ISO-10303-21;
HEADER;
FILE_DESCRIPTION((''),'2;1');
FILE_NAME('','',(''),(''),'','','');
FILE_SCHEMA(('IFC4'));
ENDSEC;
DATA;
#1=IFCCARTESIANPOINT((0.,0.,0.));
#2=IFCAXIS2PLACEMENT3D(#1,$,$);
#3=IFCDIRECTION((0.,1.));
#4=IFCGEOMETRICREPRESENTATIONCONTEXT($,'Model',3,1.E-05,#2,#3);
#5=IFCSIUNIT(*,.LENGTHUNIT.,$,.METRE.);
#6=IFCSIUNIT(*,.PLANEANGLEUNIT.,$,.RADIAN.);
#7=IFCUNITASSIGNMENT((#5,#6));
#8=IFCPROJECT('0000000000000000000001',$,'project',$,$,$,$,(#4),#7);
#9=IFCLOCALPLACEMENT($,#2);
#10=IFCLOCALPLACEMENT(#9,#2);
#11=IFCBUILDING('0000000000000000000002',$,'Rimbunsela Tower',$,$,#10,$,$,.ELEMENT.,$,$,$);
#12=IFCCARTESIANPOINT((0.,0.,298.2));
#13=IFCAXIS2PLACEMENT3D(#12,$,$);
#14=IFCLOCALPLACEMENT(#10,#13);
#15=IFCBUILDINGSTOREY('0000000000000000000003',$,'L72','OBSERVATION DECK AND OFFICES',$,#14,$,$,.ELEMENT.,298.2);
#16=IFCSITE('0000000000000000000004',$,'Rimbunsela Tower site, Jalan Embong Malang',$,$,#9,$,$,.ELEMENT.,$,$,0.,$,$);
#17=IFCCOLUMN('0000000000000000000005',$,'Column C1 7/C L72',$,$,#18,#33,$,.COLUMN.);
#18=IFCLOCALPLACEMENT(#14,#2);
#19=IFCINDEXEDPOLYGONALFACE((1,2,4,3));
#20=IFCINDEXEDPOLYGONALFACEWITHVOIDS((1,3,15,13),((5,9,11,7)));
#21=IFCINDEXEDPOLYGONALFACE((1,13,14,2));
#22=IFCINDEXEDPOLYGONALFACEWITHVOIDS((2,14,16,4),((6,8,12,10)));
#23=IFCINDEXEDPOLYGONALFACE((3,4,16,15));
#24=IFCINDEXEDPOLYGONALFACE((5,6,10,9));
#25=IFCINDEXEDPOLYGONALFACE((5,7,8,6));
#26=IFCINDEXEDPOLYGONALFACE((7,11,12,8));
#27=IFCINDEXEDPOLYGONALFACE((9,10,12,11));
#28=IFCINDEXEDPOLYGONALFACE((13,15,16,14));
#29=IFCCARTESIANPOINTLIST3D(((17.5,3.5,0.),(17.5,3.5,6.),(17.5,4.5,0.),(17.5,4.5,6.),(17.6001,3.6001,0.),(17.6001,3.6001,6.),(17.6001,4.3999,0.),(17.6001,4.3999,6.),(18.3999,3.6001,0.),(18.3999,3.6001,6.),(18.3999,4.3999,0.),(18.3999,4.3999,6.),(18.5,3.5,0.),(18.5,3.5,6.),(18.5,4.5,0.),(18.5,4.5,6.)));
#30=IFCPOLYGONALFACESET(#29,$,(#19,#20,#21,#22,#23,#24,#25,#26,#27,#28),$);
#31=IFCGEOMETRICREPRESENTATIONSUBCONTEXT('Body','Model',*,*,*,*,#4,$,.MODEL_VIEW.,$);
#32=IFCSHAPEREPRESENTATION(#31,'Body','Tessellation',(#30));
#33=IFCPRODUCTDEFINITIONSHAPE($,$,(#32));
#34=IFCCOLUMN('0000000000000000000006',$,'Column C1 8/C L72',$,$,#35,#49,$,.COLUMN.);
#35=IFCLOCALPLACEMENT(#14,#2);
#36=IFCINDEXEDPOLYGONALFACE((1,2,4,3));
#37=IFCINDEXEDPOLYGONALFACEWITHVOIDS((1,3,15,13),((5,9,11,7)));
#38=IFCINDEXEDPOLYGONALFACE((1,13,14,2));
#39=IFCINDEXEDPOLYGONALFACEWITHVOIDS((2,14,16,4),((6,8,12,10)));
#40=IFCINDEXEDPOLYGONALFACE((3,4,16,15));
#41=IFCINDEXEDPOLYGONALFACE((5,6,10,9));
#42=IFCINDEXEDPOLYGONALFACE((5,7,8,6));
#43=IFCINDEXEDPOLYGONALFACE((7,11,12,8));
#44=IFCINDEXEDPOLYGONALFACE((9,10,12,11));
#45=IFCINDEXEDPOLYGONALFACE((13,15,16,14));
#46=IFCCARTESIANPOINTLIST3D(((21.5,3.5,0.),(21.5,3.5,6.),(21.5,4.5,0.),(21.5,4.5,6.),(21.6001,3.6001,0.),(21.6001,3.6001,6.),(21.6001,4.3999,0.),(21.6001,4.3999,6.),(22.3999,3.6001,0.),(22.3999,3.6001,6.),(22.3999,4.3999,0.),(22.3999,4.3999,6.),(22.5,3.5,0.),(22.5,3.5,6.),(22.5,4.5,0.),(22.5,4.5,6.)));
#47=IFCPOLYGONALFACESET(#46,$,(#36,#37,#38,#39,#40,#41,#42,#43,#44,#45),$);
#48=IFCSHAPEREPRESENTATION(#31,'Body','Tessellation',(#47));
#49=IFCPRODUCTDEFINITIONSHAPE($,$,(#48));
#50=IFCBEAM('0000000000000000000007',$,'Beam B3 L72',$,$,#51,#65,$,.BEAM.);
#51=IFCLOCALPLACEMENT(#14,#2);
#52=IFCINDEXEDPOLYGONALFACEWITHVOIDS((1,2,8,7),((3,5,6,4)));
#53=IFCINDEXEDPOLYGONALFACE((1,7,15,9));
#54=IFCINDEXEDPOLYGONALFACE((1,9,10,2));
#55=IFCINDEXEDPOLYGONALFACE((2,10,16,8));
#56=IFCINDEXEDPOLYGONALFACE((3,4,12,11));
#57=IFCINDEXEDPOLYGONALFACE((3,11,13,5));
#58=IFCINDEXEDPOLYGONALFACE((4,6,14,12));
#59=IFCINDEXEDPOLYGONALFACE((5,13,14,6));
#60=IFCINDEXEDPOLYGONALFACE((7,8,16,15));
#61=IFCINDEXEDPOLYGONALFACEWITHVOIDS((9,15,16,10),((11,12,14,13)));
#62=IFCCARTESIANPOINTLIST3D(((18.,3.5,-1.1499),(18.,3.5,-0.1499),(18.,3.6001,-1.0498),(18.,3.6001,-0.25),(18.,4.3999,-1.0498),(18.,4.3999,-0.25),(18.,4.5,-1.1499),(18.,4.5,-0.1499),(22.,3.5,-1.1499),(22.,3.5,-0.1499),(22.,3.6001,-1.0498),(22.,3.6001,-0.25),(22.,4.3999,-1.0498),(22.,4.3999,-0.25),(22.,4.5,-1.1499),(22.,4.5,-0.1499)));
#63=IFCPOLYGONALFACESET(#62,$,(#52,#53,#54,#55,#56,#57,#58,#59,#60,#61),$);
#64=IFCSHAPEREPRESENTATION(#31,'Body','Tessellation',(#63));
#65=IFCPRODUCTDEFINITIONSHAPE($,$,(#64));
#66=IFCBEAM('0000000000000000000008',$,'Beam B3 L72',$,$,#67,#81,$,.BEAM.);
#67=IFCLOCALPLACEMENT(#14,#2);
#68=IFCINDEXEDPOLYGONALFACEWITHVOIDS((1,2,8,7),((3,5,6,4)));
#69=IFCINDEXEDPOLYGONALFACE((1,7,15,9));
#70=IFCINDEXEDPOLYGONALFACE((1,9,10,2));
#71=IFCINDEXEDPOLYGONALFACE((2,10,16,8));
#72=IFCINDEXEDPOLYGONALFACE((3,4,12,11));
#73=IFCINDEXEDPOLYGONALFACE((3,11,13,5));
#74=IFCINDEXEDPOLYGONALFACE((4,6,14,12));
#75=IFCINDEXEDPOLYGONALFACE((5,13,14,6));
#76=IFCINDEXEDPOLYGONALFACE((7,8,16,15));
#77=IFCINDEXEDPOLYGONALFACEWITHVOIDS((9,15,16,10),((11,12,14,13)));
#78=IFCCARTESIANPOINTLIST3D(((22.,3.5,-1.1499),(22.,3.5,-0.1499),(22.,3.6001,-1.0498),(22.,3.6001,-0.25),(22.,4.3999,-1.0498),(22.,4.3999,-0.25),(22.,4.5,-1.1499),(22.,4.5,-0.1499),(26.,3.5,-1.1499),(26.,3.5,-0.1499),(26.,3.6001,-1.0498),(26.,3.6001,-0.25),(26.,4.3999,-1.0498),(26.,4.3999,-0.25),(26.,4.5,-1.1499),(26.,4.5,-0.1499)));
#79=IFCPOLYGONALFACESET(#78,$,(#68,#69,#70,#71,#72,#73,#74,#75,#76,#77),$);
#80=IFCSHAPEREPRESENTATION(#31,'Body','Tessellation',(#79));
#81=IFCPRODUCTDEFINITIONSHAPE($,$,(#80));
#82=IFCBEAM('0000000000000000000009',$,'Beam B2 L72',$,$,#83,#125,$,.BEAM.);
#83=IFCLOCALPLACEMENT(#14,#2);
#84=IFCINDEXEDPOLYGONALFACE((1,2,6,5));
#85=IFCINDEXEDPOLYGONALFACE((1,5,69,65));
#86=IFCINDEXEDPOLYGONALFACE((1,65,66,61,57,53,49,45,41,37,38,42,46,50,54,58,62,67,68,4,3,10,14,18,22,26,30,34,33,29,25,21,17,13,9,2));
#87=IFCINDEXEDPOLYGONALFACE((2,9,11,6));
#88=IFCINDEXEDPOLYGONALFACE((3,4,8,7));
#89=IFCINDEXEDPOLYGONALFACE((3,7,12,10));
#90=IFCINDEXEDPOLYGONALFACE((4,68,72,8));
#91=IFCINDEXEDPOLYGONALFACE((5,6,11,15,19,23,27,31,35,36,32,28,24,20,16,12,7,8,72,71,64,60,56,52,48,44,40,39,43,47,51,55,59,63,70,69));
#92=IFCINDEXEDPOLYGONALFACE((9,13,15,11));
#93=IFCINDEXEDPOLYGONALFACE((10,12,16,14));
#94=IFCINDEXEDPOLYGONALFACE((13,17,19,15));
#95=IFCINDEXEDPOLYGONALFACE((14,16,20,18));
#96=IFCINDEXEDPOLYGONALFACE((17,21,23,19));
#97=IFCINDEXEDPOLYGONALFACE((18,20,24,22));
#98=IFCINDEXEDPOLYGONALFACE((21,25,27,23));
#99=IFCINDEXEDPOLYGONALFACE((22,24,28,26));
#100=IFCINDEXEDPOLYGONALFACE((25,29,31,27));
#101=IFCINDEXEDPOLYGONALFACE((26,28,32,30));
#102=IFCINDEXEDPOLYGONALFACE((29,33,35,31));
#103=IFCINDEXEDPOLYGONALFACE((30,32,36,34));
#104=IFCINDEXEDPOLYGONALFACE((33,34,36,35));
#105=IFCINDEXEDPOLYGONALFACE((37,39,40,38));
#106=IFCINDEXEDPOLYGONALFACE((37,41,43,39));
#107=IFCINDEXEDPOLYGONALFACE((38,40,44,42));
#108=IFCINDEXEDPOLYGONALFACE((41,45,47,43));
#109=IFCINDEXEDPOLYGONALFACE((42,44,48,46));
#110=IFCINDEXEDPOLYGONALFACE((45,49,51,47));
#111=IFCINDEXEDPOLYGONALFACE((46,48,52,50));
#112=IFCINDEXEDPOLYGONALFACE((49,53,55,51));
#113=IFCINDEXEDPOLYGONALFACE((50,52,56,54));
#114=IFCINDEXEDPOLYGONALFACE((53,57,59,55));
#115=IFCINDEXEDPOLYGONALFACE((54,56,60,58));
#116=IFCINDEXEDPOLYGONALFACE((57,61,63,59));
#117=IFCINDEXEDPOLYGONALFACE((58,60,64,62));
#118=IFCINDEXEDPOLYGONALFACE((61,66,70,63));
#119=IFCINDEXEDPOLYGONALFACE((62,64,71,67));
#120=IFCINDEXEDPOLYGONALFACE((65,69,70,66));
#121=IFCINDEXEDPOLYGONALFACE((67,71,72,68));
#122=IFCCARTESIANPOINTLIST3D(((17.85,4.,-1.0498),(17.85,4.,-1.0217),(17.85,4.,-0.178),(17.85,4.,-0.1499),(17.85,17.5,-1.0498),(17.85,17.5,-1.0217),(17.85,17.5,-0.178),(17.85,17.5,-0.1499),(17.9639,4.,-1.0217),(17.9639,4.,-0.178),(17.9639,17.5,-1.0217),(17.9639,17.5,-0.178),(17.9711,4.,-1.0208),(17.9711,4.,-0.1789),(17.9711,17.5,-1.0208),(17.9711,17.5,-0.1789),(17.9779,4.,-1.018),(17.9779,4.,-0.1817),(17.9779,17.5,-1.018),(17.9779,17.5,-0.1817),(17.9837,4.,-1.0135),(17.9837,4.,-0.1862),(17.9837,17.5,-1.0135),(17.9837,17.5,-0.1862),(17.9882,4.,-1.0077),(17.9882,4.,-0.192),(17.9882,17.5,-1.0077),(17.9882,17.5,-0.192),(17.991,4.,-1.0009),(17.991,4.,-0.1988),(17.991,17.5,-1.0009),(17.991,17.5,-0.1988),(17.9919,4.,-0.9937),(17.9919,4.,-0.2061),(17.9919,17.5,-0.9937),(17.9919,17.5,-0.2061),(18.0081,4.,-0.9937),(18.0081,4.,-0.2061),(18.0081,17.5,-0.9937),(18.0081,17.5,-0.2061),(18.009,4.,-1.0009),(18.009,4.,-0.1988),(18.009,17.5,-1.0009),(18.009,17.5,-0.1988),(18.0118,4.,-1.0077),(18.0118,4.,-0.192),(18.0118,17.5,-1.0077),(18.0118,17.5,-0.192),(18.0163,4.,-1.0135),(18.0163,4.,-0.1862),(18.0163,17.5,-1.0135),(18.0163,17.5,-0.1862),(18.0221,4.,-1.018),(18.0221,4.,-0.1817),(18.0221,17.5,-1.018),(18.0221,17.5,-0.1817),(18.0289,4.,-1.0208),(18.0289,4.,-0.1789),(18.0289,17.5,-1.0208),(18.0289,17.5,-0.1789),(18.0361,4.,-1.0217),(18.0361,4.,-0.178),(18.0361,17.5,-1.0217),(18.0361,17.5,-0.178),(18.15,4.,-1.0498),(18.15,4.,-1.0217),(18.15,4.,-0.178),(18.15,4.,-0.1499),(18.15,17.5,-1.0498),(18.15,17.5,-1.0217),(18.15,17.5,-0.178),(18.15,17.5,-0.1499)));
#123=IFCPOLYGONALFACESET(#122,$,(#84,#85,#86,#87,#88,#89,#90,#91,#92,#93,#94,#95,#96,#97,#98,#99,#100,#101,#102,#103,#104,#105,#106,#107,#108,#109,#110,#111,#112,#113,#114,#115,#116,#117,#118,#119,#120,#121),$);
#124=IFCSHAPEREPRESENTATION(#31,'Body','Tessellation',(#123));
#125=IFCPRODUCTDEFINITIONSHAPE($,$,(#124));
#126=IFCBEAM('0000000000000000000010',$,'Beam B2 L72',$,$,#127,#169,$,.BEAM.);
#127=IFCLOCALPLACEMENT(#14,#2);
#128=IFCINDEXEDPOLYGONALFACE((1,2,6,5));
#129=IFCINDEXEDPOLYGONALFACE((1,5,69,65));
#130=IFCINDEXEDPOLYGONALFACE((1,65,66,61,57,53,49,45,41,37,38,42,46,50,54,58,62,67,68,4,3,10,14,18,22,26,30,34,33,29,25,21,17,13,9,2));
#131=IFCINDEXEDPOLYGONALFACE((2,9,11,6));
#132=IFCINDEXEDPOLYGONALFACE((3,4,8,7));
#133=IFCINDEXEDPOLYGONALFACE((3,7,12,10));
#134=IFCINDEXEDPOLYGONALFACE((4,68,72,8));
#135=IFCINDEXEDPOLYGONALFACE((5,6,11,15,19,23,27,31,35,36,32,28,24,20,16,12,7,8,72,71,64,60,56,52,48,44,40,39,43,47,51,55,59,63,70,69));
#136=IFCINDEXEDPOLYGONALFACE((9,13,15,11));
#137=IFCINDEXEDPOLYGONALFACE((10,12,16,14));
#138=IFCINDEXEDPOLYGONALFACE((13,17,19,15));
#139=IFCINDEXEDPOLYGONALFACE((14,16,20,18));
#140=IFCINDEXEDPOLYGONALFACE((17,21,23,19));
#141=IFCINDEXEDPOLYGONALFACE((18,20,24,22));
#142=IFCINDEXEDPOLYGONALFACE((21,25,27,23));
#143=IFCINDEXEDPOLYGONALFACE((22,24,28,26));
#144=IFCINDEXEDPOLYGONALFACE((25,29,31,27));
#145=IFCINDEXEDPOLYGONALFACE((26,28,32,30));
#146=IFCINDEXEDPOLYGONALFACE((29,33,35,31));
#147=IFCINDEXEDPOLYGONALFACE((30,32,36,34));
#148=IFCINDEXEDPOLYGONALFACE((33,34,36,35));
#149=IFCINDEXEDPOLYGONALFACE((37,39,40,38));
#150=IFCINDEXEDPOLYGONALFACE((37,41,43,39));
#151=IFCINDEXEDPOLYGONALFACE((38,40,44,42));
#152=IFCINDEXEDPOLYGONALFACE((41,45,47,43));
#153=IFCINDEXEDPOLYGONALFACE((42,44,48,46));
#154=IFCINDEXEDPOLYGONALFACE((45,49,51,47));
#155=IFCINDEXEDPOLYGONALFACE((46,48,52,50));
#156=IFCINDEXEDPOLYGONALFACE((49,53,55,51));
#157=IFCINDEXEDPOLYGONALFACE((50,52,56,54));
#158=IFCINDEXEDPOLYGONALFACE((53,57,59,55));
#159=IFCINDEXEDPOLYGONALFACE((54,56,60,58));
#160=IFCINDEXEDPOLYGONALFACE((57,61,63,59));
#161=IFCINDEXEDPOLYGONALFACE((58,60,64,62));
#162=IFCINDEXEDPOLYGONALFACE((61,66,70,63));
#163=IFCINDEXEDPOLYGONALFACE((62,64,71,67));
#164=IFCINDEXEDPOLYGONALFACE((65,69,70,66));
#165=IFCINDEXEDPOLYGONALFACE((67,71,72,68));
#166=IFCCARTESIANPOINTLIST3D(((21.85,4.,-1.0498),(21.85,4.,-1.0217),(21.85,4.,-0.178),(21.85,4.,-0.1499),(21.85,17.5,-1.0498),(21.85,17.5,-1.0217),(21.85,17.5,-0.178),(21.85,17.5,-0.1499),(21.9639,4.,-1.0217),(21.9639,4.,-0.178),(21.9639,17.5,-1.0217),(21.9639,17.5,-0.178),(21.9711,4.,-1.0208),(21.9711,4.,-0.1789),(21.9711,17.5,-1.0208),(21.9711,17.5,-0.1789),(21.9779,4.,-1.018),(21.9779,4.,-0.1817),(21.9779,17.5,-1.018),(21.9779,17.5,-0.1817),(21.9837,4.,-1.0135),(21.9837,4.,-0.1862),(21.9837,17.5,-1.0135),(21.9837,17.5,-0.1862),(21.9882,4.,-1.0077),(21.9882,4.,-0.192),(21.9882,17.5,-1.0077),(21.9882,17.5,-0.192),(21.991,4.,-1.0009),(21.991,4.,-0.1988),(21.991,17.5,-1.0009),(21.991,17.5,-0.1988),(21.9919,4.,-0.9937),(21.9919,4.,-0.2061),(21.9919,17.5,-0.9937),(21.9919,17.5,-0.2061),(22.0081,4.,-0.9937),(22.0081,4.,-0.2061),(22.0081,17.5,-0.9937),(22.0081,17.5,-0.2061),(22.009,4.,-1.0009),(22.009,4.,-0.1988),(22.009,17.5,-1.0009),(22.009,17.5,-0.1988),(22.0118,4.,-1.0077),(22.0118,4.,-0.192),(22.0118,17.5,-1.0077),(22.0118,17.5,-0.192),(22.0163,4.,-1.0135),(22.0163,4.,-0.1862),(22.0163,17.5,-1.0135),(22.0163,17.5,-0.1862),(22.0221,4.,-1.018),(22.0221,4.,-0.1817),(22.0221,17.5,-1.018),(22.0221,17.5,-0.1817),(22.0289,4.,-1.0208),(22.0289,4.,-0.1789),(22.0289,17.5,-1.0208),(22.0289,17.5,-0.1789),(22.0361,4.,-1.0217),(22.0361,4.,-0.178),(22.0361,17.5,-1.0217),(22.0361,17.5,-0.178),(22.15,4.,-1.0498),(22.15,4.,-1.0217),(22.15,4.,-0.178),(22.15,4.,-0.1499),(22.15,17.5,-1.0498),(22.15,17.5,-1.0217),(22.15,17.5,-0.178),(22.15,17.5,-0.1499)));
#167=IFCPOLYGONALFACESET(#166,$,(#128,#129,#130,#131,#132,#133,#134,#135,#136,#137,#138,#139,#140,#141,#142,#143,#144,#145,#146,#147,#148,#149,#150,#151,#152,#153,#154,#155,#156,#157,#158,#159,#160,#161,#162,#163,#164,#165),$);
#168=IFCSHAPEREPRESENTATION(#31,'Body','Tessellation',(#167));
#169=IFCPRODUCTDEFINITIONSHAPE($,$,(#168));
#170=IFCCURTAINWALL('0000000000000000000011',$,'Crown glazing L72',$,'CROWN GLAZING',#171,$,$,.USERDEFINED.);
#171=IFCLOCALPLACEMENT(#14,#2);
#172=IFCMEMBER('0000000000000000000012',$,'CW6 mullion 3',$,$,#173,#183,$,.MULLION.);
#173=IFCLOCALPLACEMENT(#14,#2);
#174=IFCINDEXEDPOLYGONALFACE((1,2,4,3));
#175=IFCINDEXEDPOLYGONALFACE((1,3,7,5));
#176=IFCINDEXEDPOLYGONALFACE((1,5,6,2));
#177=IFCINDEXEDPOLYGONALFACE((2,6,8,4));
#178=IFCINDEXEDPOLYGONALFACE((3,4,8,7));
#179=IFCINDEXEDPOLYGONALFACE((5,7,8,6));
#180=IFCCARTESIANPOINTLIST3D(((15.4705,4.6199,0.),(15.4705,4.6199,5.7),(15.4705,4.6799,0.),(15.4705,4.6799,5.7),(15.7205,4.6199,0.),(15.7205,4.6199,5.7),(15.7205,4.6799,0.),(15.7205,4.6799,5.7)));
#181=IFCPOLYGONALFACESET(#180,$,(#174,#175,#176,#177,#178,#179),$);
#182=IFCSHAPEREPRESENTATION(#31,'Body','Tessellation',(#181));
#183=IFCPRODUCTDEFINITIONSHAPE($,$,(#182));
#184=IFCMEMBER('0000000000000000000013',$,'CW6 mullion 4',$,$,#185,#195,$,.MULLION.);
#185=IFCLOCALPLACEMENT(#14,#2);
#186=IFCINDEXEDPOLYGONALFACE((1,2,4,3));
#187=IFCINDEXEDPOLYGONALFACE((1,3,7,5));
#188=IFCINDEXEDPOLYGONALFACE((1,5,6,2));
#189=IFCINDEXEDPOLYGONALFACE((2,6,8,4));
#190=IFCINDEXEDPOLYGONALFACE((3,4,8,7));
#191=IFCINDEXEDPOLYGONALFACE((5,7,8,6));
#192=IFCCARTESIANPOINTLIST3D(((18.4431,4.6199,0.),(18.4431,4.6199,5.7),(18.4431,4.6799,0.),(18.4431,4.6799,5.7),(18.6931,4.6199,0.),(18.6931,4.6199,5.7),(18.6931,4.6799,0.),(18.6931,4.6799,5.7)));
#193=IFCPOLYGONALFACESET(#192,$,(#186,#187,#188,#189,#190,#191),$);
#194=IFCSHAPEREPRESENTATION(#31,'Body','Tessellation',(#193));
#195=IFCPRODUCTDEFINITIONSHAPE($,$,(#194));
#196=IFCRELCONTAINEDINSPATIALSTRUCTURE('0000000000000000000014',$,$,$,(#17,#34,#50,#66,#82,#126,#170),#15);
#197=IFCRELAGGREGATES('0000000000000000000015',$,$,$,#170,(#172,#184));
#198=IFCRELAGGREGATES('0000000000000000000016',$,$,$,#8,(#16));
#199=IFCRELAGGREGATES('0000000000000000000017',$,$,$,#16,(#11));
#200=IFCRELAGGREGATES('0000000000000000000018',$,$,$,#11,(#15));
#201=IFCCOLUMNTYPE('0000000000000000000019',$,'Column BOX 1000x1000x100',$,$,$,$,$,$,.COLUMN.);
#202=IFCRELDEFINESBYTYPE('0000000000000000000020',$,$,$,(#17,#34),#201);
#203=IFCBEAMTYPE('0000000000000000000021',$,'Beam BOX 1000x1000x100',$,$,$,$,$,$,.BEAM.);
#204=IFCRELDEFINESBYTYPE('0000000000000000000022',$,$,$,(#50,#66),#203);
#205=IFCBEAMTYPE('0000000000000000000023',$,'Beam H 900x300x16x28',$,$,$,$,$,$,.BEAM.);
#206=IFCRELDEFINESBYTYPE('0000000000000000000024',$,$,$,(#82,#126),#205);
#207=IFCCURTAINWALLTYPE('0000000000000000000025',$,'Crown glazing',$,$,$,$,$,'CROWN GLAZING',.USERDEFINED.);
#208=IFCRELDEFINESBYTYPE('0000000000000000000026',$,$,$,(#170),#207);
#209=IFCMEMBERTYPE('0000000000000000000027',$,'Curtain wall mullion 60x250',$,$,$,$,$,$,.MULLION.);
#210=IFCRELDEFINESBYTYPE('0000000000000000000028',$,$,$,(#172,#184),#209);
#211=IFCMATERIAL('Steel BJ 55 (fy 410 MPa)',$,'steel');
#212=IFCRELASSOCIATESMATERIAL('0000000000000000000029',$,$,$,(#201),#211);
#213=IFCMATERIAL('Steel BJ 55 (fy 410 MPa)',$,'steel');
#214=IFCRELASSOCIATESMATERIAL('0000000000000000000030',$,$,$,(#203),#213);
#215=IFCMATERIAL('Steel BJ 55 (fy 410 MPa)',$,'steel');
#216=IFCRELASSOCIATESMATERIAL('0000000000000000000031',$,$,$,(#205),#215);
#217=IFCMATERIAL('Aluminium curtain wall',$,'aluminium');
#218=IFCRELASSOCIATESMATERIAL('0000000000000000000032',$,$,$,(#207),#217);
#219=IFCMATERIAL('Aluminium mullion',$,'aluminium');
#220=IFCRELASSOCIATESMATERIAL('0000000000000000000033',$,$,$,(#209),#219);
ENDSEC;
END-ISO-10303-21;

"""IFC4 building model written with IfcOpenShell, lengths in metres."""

from ifc_helpers import new_model, si_unit, direction, frame, origin, origin_2d, place, context, subcontext, project, spatial, rectangle, hollow_rectangle, i_section, extrude, material, material_profile, profile_set, type_object, element, aggregate, save


model = new_model("IFC4")

# Units and contexts
model_context = context("Model", 3, precision=1e-05, world=origin(), true_north=direction((0.0, 1.0)))
body_context = subcontext(model_context, "Body", "Model", "MODEL_VIEW")
ifc_project = project(units=[si_unit("LENGTHUNIT", "METRE"), si_unit("PLANEANGLEUNIT", "RADIAN")], contexts=[model_context])

# Site, building, storey
site_placement = place(None, origin())
site = spatial("IfcSite", under=ifc_project, at=site_placement, Name="Rimbunsela Tower site, Jalan Embong Malang", CompositionType="ELEMENT", RefElevation=0.0)
building_placement = place(site_placement, origin())
building = spatial("IfcBuilding", under=site, at=building_placement, Name="Rimbunsela Tower", CompositionType="ELEMENT")
storey_placement = place(building_placement, frame((0.0, 0.0, 298.2)))
storey = spatial("IfcBuildingStorey", under=building, at=storey_placement, Name="L72", Description="OBSERVATION DECK AND OFFICES", CompositionType="ELEMENT", Elevation=298.2)

# Columns
ifc_material_1 = material(Name="Steel BJ 55 (fy 410 MPa)", Category="steel")
ifc_material_profile_1 = material_profile(ifc_material_1, hollow_rectangle(XDim=1.0, YDim=1.0, WallThickness=0.1001, at=origin_2d()), Name="BOX 1000x1000x100")
ifc_profile_set_1 = profile_set([ifc_material_profile_1], Name="Steel BJ 55 (fy 410 MPa)")
column_type = type_object("IfcColumnType", Name="Column BOX 1000x1000x100", PredefinedType="COLUMN", material=ifc_profile_set_1)
for number, where, z_axis, x_axis, name in (
    (1, (18.0, 4.0, 0.0), (0.0, 0.0, 1.0), (1.0, 0.0, 0.0), "Column C1 7/C L72"),
    (2, (22.0, 4.0, 0.0), (0.0, 0.0, 1.0), (1.0, 0.0, 0.0), "Column C1 8/C L72"),
):
    element("IfcColumn", number, at=place(storey_placement, frame(where, z_axis=z_axis, x_axis=x_axis)), inside=storey, type_object=column_type, Name=name, PredefinedType="COLUMN", context=body_context, shape_type="SweptSolid", body=[
        extrude(hollow_rectangle(XDim=1.0, YDim=1.0, WallThickness=0.1001, at=origin_2d()), origin(), (0.0, 0.0, 1.0), 6.0),
    ])

# Beams
ifc_material_2 = material(Name="Steel BJ 55 (fy 410 MPa)", Category="steel")
ifc_material_profile_2 = material_profile(ifc_material_2, hollow_rectangle(XDim=1.0, YDim=1.0, WallThickness=0.1001, at=origin_2d()), Name="BOX 1000x1000x100")
ifc_profile_set_2 = profile_set([ifc_material_profile_2], Name="Steel BJ 55 (fy 410 MPa)")
beam_type_1 = type_object("IfcBeamType", Name="Beam BOX 1000x1000x100", PredefinedType="BEAM", material=ifc_profile_set_2)
for number, where, z_axis, x_axis, name in (
    (3, (18.0, 4.0, -0.6499), (1.0, 0.0, 0.0), (0.0, 1.0, 0.0), "Beam B3 L72"),
    (4, (22.0, 4.0, -0.6499), (1.0, 0.0, 0.0), (0.0, 1.0, 0.0), "Beam B3 L72"),
):
    element("IfcBeam", number, at=place(storey_placement, frame(where, z_axis=z_axis, x_axis=x_axis)), inside=storey, type_object=beam_type_1, Name=name, PredefinedType="BEAM", context=body_context, shape_type="SweptSolid", body=[
        extrude(hollow_rectangle(XDim=1.0, YDim=1.0, WallThickness=0.1001, at=origin_2d()), origin(), (0.0, 0.0, 1.0), 4.0),
    ])
ifc_material_3 = material(Name="Steel BJ 55 (fy 410 MPa)", Category="steel")
ifc_material_profile_3 = material_profile(ifc_material_3, i_section(OverallWidth=0.3, OverallDepth=0.8999, WebThickness=0.0161, FlangeThickness=0.0281, FilletRadius=0.0281, at=origin_2d()), Name="H 900x300x16x28")
ifc_profile_set_3 = profile_set([ifc_material_profile_3], Name="Steel BJ 55 (fy 410 MPa)")
beam_type_2 = type_object("IfcBeamType", Name="Beam H 900x300x16x28", PredefinedType="BEAM", material=ifc_profile_set_3)
for number, where, z_axis, x_axis, name in (
    (5, (18.0, 4.0, -0.5999), (0.0, 1.0, 0.0), (-1.0, 0.0, 0.0), "Beam B2 L72"),
    (6, (22.0, 4.0, -0.5999), (0.0, 1.0, 0.0), (-1.0, 0.0, 0.0), "Beam B2 L72"),
):
    element("IfcBeam", number, at=place(storey_placement, frame(where, z_axis=z_axis, x_axis=x_axis)), inside=storey, type_object=beam_type_2, Name=name, PredefinedType="BEAM", context=body_context, shape_type="SweptSolid", body=[
        extrude(i_section(OverallWidth=0.3, OverallDepth=0.8999, WebThickness=0.0161, FlangeThickness=0.0281, FilletRadius=0.0281, at=origin_2d()), origin(), (0.0, 0.0, 1.0), 13.5),
    ])

# Curtain wall, members
ifc_material_4 = material(Name="Aluminium curtain wall", Category="aluminium")
curtain_wall_type = type_object("IfcCurtainWallType", Name="Crown glazing", ElementType="CROWN GLAZING", PredefinedType="USERDEFINED", material=ifc_material_4)
curtain_wall_placement = place(storey_placement, origin())
curtain_wall = element("IfcCurtainWall", 7, at=curtain_wall_placement, inside=storey, type_object=curtain_wall_type, Name="Crown glazing L72", ObjectType="CROWN GLAZING", PredefinedType="USERDEFINED")
ifc_material_5 = material(Name="Aluminium mullion", Category="aluminium")
ifc_material_profile_4 = material_profile(ifc_material_5, rectangle(XDim=0.0601, YDim=0.25, at=origin_2d()), Name="Mullion 60x250")
ifc_profile_set_4 = profile_set([ifc_material_profile_4], Name="Aluminium mullion")
member_type_1 = type_object("IfcMemberType", Name="Curtain wall mullion 60x250", PredefinedType="MULLION", material=ifc_profile_set_4)
member_1_placement = place(storey_placement, frame((15.5955, 4.6499, 0.0), z_axis=(0.0, 0.0, 1.0), x_axis=(0.0, 1.0, 0.0)))
member_1 = element("IfcMember", 8, at=member_1_placement, type_object=member_type_1, Name="CW6 mullion 3", PredefinedType="MULLION", context=body_context, shape_type="SweptSolid", body=[
    extrude(rectangle(XDim=0.0601, YDim=0.25, at=origin_2d()), origin(), (0.0, 0.0, 1.0), 5.7),
])
member_2_placement = place(storey_placement, frame((18.5681, 4.6499, 0.0), z_axis=(0.0, 0.0, 1.0), x_axis=(0.0, 1.0, 0.0)))
member_2 = element("IfcMember", 9, at=member_2_placement, type_object=member_type_1, Name="CW6 mullion 4", PredefinedType="MULLION", context=body_context, shape_type="SweptSolid", body=[
    extrude(rectangle(XDim=0.0601, YDim=0.25, at=origin_2d()), origin(), (0.0, 0.0, 1.0), 5.7),
])
aggregate(curtain_wall, [member_1, member_2])

save(model, "model.ifc")
